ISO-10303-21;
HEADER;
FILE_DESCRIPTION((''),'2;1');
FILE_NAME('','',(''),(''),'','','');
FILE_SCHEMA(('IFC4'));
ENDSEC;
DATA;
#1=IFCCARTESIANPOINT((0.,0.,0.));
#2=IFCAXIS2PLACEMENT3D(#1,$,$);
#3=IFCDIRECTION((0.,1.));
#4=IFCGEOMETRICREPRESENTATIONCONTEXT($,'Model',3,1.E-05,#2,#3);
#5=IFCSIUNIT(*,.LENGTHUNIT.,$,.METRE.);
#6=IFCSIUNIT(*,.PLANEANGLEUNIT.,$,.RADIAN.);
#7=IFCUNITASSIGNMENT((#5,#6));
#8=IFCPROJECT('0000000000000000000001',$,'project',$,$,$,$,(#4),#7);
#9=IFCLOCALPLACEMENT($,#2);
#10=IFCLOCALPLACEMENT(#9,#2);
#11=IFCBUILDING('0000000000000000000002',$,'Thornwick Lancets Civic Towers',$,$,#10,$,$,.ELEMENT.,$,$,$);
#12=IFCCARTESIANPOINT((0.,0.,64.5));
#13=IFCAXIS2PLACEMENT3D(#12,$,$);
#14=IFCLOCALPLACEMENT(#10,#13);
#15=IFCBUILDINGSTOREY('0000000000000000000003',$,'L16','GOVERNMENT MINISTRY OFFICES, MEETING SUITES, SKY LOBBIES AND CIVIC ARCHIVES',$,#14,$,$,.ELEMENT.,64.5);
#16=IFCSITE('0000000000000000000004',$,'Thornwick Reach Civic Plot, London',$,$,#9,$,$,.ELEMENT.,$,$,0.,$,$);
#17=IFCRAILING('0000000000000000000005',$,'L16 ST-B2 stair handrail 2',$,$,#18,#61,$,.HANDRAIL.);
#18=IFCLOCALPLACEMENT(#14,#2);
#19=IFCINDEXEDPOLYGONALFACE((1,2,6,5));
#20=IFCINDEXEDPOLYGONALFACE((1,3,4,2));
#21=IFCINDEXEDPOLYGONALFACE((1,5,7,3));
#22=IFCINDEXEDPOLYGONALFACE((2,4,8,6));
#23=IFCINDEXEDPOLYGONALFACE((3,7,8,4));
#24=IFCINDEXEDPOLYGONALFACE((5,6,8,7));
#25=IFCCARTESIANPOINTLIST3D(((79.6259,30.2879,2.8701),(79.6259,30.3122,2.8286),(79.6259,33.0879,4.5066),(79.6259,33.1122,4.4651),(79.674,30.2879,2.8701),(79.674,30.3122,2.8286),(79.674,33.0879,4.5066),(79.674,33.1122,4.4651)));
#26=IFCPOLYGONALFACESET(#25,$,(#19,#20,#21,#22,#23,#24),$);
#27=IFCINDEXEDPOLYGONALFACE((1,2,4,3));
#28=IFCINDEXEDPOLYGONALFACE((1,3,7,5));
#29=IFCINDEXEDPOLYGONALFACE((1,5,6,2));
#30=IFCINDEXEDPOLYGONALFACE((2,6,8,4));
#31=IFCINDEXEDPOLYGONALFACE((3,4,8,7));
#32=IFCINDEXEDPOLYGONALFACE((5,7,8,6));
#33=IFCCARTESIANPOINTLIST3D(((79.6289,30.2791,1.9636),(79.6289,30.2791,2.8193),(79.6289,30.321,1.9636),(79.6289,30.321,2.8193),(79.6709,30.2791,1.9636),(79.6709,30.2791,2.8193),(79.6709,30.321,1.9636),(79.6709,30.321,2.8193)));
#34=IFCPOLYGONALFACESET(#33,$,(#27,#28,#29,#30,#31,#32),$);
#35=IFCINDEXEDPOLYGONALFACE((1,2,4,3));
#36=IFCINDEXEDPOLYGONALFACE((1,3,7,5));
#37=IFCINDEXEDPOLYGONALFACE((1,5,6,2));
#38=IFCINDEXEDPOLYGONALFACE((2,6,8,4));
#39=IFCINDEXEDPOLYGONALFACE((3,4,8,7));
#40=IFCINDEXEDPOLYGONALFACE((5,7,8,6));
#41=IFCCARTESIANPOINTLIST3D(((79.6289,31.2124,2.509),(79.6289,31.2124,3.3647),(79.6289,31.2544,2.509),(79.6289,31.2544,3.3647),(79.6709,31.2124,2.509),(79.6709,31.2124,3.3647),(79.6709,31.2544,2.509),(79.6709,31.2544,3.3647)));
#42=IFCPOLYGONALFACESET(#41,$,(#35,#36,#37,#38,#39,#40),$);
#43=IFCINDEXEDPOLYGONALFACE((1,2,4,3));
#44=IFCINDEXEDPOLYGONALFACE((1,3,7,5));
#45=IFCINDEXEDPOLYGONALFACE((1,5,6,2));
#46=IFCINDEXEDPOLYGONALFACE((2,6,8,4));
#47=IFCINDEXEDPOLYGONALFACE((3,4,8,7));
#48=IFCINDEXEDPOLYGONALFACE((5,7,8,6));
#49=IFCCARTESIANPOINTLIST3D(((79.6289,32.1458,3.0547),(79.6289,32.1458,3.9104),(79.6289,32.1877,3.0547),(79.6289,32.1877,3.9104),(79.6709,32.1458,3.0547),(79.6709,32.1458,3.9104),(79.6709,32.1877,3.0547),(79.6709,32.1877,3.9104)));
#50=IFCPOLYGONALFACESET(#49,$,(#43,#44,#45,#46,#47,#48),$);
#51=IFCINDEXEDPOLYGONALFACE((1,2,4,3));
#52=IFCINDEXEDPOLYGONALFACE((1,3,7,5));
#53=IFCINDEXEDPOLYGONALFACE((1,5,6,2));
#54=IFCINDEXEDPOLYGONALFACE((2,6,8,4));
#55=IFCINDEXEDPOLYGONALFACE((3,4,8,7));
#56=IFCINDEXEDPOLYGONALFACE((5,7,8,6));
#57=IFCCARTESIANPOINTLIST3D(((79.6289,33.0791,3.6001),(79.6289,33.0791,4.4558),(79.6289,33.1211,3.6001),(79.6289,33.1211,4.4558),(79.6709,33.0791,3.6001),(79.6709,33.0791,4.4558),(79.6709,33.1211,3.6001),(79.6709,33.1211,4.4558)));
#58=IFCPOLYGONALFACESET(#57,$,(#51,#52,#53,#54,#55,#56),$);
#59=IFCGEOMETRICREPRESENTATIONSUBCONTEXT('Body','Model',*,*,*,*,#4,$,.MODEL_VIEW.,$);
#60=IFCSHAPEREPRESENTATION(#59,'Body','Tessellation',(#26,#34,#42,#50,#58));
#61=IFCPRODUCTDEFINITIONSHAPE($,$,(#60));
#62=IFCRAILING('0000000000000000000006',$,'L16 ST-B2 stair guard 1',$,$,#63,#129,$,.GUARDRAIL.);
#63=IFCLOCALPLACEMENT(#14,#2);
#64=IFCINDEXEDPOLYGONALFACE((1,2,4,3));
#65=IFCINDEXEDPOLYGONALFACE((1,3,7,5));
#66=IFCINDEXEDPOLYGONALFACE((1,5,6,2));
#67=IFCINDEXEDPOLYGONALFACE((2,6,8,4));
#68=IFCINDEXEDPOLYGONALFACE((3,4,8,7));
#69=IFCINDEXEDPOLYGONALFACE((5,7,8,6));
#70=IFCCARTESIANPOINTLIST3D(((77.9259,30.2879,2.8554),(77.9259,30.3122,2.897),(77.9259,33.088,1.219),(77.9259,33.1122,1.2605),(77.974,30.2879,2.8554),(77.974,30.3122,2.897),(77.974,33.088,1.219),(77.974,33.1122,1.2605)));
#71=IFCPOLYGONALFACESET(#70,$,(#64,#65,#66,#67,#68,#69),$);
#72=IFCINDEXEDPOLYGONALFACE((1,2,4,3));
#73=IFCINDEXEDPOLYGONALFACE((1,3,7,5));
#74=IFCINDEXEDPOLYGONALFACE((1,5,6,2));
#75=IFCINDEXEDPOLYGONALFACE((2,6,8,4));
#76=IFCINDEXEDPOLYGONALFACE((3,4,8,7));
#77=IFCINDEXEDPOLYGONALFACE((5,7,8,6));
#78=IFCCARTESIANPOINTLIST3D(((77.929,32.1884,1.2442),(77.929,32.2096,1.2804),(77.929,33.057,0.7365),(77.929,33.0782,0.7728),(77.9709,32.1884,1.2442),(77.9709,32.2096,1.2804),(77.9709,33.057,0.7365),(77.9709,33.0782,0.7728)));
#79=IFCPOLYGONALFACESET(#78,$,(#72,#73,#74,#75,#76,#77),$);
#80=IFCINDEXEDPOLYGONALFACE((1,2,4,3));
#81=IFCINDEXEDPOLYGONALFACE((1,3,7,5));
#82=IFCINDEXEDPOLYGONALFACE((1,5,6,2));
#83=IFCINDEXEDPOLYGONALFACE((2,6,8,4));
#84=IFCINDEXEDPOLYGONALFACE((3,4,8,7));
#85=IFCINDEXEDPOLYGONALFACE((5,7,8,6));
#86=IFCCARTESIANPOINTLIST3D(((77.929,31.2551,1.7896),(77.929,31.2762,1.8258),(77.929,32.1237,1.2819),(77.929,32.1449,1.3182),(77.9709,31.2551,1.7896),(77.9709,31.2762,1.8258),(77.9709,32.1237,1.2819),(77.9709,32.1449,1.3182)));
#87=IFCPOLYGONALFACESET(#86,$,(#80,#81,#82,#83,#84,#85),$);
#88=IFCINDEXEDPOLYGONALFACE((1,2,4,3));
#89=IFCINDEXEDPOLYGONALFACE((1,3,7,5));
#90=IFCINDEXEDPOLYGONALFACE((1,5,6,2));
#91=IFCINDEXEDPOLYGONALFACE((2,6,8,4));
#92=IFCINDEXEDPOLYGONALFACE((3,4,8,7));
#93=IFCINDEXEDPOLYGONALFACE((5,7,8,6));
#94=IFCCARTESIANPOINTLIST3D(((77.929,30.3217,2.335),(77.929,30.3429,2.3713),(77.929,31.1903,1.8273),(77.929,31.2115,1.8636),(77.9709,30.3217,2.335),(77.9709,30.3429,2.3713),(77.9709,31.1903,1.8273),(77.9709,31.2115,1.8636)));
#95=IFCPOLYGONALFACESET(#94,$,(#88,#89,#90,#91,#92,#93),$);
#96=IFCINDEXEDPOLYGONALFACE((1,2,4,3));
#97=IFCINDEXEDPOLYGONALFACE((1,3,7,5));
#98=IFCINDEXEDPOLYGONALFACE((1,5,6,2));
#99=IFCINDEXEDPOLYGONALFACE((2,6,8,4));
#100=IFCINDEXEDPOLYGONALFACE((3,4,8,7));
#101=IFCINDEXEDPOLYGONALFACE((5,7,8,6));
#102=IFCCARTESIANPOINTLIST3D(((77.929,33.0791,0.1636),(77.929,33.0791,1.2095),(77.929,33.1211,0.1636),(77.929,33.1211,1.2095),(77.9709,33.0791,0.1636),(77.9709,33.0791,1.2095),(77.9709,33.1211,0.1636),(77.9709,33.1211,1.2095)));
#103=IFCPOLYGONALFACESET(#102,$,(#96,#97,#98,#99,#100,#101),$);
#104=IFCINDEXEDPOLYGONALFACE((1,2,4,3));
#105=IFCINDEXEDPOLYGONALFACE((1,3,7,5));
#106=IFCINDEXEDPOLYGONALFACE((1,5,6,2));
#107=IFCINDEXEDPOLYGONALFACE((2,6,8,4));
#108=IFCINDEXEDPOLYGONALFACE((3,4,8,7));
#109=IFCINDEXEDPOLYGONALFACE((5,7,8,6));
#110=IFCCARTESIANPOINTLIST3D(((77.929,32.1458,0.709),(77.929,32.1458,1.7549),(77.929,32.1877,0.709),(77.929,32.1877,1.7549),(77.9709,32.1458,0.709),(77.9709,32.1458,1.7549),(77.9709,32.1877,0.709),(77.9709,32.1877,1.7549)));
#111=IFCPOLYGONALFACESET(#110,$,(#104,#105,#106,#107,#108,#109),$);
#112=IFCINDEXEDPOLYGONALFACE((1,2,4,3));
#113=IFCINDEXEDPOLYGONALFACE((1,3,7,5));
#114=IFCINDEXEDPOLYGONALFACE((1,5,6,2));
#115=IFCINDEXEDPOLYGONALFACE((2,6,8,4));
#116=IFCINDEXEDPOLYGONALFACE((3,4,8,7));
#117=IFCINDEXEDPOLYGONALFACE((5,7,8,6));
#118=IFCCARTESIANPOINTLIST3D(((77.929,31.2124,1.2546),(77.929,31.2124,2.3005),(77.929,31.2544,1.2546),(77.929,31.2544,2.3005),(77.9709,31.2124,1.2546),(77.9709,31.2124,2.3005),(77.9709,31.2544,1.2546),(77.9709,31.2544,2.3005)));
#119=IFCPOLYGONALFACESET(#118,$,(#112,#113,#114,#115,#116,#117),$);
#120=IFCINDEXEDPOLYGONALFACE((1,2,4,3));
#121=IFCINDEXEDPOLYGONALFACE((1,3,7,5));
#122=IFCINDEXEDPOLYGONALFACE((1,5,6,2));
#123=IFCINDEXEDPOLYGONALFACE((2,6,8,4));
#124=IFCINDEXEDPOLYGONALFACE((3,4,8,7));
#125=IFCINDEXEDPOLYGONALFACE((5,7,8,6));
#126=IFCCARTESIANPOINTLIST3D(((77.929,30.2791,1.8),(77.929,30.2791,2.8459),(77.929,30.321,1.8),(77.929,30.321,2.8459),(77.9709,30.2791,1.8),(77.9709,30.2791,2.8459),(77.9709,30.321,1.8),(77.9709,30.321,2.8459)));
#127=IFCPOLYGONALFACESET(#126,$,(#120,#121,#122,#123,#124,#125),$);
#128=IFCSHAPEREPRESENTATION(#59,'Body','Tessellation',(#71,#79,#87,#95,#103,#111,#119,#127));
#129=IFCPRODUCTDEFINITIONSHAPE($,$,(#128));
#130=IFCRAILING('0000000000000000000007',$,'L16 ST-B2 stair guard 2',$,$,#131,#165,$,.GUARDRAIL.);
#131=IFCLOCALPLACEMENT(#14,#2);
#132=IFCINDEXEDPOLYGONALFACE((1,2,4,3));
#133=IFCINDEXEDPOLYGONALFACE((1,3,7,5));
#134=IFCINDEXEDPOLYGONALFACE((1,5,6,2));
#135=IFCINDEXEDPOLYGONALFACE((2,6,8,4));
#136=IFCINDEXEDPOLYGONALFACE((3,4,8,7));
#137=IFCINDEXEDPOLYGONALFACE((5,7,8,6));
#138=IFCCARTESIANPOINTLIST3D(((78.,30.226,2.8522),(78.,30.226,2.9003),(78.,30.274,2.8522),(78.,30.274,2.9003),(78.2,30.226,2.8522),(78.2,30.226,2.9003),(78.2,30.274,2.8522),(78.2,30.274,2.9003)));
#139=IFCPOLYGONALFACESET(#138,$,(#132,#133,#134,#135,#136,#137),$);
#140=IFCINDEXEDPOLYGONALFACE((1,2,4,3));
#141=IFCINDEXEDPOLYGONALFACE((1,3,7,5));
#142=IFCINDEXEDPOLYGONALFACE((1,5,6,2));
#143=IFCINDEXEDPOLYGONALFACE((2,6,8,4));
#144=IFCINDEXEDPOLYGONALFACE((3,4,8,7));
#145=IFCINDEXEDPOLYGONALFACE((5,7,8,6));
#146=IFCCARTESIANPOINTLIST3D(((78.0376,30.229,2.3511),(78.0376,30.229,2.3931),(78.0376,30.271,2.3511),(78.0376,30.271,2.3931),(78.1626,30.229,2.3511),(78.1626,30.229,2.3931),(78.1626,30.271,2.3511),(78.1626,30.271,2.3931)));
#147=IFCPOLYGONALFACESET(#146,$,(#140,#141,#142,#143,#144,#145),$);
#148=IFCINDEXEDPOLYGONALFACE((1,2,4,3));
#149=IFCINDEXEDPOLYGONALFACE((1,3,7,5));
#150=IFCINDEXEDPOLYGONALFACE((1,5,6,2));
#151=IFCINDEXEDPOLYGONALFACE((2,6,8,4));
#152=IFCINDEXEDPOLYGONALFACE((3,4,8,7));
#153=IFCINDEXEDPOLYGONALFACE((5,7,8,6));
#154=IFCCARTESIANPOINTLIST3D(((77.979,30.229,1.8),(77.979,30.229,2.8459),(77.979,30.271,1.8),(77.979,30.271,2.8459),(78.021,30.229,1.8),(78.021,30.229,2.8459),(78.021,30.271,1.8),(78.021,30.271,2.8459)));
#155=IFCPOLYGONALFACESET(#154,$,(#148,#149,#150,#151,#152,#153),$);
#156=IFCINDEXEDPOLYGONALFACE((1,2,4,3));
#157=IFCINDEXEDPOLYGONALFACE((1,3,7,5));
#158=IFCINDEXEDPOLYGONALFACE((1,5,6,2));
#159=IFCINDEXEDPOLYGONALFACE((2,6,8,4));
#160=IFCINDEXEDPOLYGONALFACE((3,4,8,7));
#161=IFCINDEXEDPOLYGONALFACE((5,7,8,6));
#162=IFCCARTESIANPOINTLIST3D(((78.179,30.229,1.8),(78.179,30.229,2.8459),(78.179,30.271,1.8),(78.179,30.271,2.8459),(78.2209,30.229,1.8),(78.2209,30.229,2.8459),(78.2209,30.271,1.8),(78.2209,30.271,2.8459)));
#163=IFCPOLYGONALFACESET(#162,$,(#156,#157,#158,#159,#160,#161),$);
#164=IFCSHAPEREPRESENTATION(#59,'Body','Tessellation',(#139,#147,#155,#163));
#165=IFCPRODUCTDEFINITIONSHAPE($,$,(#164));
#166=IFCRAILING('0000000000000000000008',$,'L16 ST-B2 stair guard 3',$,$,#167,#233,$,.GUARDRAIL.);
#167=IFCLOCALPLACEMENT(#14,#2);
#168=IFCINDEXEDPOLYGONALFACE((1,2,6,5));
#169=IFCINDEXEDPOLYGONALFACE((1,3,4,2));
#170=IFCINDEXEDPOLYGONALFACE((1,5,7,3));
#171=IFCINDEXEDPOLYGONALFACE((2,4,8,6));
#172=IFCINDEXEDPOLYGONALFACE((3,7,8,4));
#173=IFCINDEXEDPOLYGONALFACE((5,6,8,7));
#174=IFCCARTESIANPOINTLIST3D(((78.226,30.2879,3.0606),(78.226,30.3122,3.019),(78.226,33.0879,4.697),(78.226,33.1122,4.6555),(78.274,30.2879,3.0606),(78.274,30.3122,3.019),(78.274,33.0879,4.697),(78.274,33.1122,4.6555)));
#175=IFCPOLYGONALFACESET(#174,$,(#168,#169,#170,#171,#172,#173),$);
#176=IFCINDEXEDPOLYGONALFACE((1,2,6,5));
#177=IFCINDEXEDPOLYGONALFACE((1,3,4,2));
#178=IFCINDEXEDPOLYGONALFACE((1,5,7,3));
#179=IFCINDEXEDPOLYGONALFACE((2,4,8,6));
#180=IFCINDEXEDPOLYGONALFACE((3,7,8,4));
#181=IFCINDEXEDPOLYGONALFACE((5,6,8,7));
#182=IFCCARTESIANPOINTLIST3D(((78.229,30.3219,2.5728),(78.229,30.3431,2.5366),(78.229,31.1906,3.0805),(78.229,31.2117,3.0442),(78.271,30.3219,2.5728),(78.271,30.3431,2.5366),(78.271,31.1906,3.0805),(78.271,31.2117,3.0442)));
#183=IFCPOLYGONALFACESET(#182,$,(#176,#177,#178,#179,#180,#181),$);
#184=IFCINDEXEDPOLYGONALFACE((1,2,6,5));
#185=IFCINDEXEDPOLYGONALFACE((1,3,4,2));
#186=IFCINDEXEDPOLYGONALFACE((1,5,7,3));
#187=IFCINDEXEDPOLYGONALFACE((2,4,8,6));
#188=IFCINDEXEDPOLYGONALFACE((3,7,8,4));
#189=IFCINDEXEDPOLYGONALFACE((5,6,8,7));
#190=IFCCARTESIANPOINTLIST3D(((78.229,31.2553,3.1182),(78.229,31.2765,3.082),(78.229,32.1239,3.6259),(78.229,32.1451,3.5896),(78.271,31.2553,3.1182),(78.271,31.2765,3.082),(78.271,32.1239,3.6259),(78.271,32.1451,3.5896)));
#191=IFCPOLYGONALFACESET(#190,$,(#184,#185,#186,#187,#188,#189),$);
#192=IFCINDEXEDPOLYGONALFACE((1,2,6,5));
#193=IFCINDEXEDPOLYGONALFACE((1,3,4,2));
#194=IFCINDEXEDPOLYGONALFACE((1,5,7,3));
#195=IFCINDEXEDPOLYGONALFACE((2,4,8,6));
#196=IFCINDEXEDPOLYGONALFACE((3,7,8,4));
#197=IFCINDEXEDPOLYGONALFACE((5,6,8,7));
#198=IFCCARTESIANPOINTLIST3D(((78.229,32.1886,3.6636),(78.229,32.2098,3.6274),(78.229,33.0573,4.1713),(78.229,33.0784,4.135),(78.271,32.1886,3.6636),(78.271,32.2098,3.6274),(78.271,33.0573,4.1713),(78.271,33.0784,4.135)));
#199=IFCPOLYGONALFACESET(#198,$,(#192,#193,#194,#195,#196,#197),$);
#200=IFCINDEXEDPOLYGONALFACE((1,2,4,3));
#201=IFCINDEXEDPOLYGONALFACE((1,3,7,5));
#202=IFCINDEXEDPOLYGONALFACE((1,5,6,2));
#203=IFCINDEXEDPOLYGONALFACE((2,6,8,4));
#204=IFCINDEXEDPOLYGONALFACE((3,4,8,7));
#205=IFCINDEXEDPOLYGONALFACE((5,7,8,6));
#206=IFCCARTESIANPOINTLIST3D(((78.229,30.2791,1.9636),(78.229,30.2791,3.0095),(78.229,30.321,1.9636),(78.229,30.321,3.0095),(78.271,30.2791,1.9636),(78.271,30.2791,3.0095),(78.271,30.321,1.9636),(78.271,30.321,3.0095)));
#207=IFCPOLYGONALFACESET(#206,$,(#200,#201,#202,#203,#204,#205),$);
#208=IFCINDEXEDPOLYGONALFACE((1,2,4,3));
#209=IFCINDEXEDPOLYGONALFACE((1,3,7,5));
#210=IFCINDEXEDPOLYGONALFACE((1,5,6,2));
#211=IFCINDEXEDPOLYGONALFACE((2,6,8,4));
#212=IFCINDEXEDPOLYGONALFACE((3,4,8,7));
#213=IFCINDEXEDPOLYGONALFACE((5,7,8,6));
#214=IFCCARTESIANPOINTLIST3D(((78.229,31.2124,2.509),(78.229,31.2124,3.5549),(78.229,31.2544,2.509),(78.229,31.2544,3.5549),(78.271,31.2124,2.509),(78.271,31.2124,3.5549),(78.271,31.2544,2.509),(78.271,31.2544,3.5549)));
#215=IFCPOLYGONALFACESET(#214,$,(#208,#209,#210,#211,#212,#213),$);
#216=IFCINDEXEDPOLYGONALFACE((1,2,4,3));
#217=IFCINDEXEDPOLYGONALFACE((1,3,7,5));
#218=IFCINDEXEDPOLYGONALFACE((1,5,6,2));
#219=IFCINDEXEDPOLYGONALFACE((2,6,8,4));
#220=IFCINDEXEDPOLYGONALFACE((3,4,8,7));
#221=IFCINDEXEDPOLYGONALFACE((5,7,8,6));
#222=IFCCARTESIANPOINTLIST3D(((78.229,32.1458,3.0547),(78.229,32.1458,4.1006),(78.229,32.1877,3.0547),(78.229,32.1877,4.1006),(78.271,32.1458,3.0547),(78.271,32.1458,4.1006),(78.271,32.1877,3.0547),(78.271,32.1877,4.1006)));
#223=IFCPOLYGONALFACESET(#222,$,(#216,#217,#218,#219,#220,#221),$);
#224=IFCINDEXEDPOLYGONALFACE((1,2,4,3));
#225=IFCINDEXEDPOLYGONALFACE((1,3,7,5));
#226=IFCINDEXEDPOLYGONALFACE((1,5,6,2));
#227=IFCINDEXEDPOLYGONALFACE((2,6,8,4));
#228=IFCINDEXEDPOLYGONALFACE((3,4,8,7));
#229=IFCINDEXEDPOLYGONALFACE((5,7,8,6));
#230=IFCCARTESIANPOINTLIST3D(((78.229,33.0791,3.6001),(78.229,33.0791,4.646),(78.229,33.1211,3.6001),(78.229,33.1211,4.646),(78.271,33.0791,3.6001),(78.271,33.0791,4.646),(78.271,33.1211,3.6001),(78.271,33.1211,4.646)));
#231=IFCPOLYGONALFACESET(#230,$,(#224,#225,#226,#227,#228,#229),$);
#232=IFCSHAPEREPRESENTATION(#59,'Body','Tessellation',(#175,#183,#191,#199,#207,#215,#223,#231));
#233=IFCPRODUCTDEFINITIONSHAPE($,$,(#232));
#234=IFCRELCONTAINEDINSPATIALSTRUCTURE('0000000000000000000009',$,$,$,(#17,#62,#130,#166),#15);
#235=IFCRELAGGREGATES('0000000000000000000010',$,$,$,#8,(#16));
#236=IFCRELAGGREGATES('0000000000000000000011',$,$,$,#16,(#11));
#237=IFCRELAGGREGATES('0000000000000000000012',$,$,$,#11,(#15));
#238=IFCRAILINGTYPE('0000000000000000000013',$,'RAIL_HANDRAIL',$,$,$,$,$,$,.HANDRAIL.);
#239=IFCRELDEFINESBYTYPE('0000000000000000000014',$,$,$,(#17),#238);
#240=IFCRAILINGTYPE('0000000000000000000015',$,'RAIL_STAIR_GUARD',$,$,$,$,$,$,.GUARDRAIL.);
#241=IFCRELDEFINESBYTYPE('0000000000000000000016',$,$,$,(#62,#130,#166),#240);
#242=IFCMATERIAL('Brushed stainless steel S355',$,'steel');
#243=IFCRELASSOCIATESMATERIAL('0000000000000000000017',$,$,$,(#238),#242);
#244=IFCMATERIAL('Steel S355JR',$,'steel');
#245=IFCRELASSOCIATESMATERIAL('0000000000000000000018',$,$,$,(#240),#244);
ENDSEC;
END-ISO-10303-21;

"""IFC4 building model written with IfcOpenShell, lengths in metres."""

from ifc_helpers import new_model, si_unit, direction, frame, origin, origin_2d, place, context, subcontext, project, spatial, rectangle, extrude, material, type_object, element, save


model = new_model("IFC4")

# Units and contexts
model_context = context("Model", 3, precision=1e-05, world=origin(), true_north=direction((0.0, 1.0)))
body_context = subcontext(model_context, "Body", "Model", "MODEL_VIEW")
ifc_project = project(units=[si_unit("LENGTHUNIT", "METRE"), si_unit("PLANEANGLEUNIT", "RADIAN")], contexts=[model_context])

# Site, building, storey
site_placement = place(None, origin())
site = spatial("IfcSite", under=ifc_project, at=site_placement, Name="Thornwick Reach Civic Plot, London", CompositionType="ELEMENT", RefElevation=0.0)
building_placement = place(site_placement, origin())
building = spatial("IfcBuilding", under=site, at=building_placement, Name="Thornwick Lancets Civic Towers", CompositionType="ELEMENT")
storey_placement = place(building_placement, frame((0.0, 0.0, 64.5)))
storey = spatial("IfcBuildingStorey", under=building, at=storey_placement, Name="L16", Description="GOVERNMENT MINISTRY OFFICES, MEETING SUITES, SKY LOBBIES AND CIVIC ARCHIVES", CompositionType="ELEMENT", Elevation=64.5)

# Shared definitions
ifc_material_1 = material(Name="Steel S355JR", Category="steel")

# Railings
ifc_material_2 = material(Name="Brushed stainless steel S355", Category="steel")
railing_type_1 = type_object("IfcRailingType", Name="RAIL_HANDRAIL", PredefinedType="HANDRAIL", material=ifc_material_2)
railing_1_placement = place(storey_placement, frame((79.6499, 30.3, 1.9636)))
element("IfcRailing", 1, at=railing_1_placement, inside=storey, type_object=railing_type_1, Name="L16 ST-B2 stair handrail 2", PredefinedType="HANDRAIL", context=body_context, shape_type="SweptSolid", body=[
    extrude(rectangle(XDim=0.0481, YDim=0.0481, at=origin_2d()), frame((0.0, 0.0, 0.8857), z_axis=(0.0, 0.863361, 0.504587), x_axis=(-1.0, 0.0, 0.0)), (0.0, 0.0, 1.0), 3.2432),
    extrude(rectangle(XDim=0.042, YDim=0.042, at=origin_2d()), origin(), (0.0, 0.0, 1.0), 0.8557),
    extrude(rectangle(XDim=0.042, YDim=0.042, at=origin_2d()), frame((0.0, 0.9333, 0.5454)), (0.0, 0.0, 1.0), 0.8557),
    extrude(rectangle(XDim=0.042, YDim=0.042, at=origin_2d()), frame((0.0, 1.8667, 1.0911)), (0.0, 0.0, 1.0), 0.8557),
    extrude(rectangle(XDim=0.042, YDim=0.042, at=origin_2d()), frame((0.0, 2.8, 1.6365)), (0.0, 0.0, 1.0), 0.8557),
])
railing_type_2 = type_object("IfcRailingType", Name="RAIL_STAIR_GUARD", PredefinedType="GUARDRAIL", material=ifc_material_1)
railing_2_placement = place(storey_placement, frame((77.95, 33.1001, 0.1636)))
element("IfcRailing", 2, at=railing_2_placement, inside=storey, type_object=railing_type_2, Name="L16 ST-B2 stair guard 1", PredefinedType="GUARDRAIL", context=body_context, shape_type="SweptSolid", body=[
    extrude(rectangle(XDim=0.0481, YDim=0.0481, at=origin_2d()), frame((0.0, 0.0, 1.0762), z_axis=(0.0, -0.863361, 0.504587), x_axis=(1.0, 0.0, 0.0)), (0.0, 0.0, 1.0), 3.2432),
    extrude(rectangle(XDim=0.042, YDim=0.042, at=origin_2d()), frame((0.0, -0.0325, 0.5911), z_axis=(0.0, -0.863361, 0.504587), x_axis=(1.0, 0.0, 0.0)), (0.0, 0.0, 1.0), 1.0061),
    extrude(rectangle(XDim=0.042, YDim=0.042, at=origin_2d()), frame((0.0, -0.9658, 1.1365), z_axis=(0.0, -0.863361, 0.504587), x_axis=(1.0, 0.0, 0.0)), (0.0, 0.0, 1.0), 1.0061),
    extrude(rectangle(XDim=0.042, YDim=0.042, at=origin_2d()), frame((0.0, -1.8992, 1.6819), z_axis=(0.0, -0.863361, 0.504587), x_axis=(1.0, 0.0, 0.0)), (0.0, 0.0, 1.0), 1.0061),
    extrude(rectangle(XDim=0.042, YDim=0.042, at=origin_2d()), origin(), (0.0, 0.0, 1.0), 1.0459),
    extrude(rectangle(XDim=0.042, YDim=0.042, at=origin_2d()), frame((0.0, -0.9333, 0.5454)), (0.0, 0.0, 1.0), 1.0459),
    extrude(rectangle(XDim=0.042, YDim=0.042, at=origin_2d()), frame((0.0, -1.8667, 1.0911)), (0.0, 0.0, 1.0), 1.0459),
    extrude(rectangle(XDim=0.042, YDim=0.042, at=origin_2d()), frame((0.0, -2.8, 1.6365)), (0.0, 0.0, 1.0), 1.0459),
])
railing_3_placement = place(storey_placement, frame((78.0, 30.25, 1.8)))
element("IfcRailing", 3, at=railing_3_placement, inside=storey, type_object=railing_type_2, Name="L16 ST-B2 stair guard 2", PredefinedType="GUARDRAIL", context=body_context, shape_type="SweptSolid", body=[
    extrude(rectangle(XDim=0.0481, YDim=0.0481, at=origin_2d()), frame((0.0, 0.0, 1.0762), z_axis=(1.0, 0.0, 0.0), x_axis=(0.0, 1.0, 0.0)), (0.0, 0.0, 1.0), 0.2),
    extrude(rectangle(XDim=0.042, YDim=0.042, at=origin_2d()), frame((0.0376, 0.0, 0.572), z_axis=(1.0, 0.0, 0.0), x_axis=(0.0, 1.0, 0.0)), (0.0, 0.0, 1.0), 0.125),
    extrude(rectangle(XDim=0.042, YDim=0.042, at=origin_2d()), origin(), (0.0, 0.0, 1.0), 1.0459),
    extrude(rectangle(XDim=0.042, YDim=0.042, at=origin_2d()), frame((0.2, 0.0, 0.0)), (0.0, 0.0, 1.0), 1.0459),
])
railing_4_placement = place(storey_placement, frame((78.25, 30.3, 1.9636)))
element("IfcRailing", 4, at=railing_4_placement, inside=storey, type_object=railing_type_2, Name="L16 ST-B2 stair guard 3", PredefinedType="GUARDRAIL", context=body_context, shape_type="SweptSolid", body=[
    extrude(rectangle(XDim=0.0481, YDim=0.0481, at=origin_2d()), frame((0.0, 0.0, 1.0762), z_axis=(0.0, 0.863361, 0.504587), x_axis=(-1.0, 0.0, 0.0)), (0.0, 0.0, 1.0), 3.2432),
    extrude(rectangle(XDim=0.042, YDim=0.042, at=origin_2d()), frame((0.0, 0.0325, 0.5911), z_axis=(0.0, 0.863361, 0.504587), x_axis=(-1.0, 0.0, 0.0)), (0.0, 0.0, 1.0), 1.0061),
    extrude(rectangle(XDim=0.042, YDim=0.042, at=origin_2d()), frame((0.0, 0.9658, 1.1365), z_axis=(0.0, 0.863361, 0.504587), x_axis=(-1.0, 0.0, 0.0)), (0.0, 0.0, 1.0), 1.0061),
    extrude(rectangle(XDim=0.042, YDim=0.042, at=origin_2d()), frame((0.0, 1.8992, 1.6819), z_axis=(0.0, 0.863361, 0.504587), x_axis=(-1.0, 0.0, 0.0)), (0.0, 0.0, 1.0), 1.0061),
    extrude(rectangle(XDim=0.042, YDim=0.042, at=origin_2d()), origin(), (0.0, 0.0, 1.0), 1.0459),
    extrude(rectangle(XDim=0.042, YDim=0.042, at=origin_2d()), frame((0.0, 0.9333, 0.5454)), (0.0, 0.0, 1.0), 1.0459),
    extrude(rectangle(XDim=0.042, YDim=0.042, at=origin_2d()), frame((0.0, 1.8667, 1.0911)), (0.0, 0.0, 1.0), 1.0459),
    extrude(rectangle(XDim=0.042, YDim=0.042, at=origin_2d()), frame((0.0, 2.8, 1.6365)), (0.0, 0.0, 1.0), 1.0459),
])

save(model, "model.ifc")
